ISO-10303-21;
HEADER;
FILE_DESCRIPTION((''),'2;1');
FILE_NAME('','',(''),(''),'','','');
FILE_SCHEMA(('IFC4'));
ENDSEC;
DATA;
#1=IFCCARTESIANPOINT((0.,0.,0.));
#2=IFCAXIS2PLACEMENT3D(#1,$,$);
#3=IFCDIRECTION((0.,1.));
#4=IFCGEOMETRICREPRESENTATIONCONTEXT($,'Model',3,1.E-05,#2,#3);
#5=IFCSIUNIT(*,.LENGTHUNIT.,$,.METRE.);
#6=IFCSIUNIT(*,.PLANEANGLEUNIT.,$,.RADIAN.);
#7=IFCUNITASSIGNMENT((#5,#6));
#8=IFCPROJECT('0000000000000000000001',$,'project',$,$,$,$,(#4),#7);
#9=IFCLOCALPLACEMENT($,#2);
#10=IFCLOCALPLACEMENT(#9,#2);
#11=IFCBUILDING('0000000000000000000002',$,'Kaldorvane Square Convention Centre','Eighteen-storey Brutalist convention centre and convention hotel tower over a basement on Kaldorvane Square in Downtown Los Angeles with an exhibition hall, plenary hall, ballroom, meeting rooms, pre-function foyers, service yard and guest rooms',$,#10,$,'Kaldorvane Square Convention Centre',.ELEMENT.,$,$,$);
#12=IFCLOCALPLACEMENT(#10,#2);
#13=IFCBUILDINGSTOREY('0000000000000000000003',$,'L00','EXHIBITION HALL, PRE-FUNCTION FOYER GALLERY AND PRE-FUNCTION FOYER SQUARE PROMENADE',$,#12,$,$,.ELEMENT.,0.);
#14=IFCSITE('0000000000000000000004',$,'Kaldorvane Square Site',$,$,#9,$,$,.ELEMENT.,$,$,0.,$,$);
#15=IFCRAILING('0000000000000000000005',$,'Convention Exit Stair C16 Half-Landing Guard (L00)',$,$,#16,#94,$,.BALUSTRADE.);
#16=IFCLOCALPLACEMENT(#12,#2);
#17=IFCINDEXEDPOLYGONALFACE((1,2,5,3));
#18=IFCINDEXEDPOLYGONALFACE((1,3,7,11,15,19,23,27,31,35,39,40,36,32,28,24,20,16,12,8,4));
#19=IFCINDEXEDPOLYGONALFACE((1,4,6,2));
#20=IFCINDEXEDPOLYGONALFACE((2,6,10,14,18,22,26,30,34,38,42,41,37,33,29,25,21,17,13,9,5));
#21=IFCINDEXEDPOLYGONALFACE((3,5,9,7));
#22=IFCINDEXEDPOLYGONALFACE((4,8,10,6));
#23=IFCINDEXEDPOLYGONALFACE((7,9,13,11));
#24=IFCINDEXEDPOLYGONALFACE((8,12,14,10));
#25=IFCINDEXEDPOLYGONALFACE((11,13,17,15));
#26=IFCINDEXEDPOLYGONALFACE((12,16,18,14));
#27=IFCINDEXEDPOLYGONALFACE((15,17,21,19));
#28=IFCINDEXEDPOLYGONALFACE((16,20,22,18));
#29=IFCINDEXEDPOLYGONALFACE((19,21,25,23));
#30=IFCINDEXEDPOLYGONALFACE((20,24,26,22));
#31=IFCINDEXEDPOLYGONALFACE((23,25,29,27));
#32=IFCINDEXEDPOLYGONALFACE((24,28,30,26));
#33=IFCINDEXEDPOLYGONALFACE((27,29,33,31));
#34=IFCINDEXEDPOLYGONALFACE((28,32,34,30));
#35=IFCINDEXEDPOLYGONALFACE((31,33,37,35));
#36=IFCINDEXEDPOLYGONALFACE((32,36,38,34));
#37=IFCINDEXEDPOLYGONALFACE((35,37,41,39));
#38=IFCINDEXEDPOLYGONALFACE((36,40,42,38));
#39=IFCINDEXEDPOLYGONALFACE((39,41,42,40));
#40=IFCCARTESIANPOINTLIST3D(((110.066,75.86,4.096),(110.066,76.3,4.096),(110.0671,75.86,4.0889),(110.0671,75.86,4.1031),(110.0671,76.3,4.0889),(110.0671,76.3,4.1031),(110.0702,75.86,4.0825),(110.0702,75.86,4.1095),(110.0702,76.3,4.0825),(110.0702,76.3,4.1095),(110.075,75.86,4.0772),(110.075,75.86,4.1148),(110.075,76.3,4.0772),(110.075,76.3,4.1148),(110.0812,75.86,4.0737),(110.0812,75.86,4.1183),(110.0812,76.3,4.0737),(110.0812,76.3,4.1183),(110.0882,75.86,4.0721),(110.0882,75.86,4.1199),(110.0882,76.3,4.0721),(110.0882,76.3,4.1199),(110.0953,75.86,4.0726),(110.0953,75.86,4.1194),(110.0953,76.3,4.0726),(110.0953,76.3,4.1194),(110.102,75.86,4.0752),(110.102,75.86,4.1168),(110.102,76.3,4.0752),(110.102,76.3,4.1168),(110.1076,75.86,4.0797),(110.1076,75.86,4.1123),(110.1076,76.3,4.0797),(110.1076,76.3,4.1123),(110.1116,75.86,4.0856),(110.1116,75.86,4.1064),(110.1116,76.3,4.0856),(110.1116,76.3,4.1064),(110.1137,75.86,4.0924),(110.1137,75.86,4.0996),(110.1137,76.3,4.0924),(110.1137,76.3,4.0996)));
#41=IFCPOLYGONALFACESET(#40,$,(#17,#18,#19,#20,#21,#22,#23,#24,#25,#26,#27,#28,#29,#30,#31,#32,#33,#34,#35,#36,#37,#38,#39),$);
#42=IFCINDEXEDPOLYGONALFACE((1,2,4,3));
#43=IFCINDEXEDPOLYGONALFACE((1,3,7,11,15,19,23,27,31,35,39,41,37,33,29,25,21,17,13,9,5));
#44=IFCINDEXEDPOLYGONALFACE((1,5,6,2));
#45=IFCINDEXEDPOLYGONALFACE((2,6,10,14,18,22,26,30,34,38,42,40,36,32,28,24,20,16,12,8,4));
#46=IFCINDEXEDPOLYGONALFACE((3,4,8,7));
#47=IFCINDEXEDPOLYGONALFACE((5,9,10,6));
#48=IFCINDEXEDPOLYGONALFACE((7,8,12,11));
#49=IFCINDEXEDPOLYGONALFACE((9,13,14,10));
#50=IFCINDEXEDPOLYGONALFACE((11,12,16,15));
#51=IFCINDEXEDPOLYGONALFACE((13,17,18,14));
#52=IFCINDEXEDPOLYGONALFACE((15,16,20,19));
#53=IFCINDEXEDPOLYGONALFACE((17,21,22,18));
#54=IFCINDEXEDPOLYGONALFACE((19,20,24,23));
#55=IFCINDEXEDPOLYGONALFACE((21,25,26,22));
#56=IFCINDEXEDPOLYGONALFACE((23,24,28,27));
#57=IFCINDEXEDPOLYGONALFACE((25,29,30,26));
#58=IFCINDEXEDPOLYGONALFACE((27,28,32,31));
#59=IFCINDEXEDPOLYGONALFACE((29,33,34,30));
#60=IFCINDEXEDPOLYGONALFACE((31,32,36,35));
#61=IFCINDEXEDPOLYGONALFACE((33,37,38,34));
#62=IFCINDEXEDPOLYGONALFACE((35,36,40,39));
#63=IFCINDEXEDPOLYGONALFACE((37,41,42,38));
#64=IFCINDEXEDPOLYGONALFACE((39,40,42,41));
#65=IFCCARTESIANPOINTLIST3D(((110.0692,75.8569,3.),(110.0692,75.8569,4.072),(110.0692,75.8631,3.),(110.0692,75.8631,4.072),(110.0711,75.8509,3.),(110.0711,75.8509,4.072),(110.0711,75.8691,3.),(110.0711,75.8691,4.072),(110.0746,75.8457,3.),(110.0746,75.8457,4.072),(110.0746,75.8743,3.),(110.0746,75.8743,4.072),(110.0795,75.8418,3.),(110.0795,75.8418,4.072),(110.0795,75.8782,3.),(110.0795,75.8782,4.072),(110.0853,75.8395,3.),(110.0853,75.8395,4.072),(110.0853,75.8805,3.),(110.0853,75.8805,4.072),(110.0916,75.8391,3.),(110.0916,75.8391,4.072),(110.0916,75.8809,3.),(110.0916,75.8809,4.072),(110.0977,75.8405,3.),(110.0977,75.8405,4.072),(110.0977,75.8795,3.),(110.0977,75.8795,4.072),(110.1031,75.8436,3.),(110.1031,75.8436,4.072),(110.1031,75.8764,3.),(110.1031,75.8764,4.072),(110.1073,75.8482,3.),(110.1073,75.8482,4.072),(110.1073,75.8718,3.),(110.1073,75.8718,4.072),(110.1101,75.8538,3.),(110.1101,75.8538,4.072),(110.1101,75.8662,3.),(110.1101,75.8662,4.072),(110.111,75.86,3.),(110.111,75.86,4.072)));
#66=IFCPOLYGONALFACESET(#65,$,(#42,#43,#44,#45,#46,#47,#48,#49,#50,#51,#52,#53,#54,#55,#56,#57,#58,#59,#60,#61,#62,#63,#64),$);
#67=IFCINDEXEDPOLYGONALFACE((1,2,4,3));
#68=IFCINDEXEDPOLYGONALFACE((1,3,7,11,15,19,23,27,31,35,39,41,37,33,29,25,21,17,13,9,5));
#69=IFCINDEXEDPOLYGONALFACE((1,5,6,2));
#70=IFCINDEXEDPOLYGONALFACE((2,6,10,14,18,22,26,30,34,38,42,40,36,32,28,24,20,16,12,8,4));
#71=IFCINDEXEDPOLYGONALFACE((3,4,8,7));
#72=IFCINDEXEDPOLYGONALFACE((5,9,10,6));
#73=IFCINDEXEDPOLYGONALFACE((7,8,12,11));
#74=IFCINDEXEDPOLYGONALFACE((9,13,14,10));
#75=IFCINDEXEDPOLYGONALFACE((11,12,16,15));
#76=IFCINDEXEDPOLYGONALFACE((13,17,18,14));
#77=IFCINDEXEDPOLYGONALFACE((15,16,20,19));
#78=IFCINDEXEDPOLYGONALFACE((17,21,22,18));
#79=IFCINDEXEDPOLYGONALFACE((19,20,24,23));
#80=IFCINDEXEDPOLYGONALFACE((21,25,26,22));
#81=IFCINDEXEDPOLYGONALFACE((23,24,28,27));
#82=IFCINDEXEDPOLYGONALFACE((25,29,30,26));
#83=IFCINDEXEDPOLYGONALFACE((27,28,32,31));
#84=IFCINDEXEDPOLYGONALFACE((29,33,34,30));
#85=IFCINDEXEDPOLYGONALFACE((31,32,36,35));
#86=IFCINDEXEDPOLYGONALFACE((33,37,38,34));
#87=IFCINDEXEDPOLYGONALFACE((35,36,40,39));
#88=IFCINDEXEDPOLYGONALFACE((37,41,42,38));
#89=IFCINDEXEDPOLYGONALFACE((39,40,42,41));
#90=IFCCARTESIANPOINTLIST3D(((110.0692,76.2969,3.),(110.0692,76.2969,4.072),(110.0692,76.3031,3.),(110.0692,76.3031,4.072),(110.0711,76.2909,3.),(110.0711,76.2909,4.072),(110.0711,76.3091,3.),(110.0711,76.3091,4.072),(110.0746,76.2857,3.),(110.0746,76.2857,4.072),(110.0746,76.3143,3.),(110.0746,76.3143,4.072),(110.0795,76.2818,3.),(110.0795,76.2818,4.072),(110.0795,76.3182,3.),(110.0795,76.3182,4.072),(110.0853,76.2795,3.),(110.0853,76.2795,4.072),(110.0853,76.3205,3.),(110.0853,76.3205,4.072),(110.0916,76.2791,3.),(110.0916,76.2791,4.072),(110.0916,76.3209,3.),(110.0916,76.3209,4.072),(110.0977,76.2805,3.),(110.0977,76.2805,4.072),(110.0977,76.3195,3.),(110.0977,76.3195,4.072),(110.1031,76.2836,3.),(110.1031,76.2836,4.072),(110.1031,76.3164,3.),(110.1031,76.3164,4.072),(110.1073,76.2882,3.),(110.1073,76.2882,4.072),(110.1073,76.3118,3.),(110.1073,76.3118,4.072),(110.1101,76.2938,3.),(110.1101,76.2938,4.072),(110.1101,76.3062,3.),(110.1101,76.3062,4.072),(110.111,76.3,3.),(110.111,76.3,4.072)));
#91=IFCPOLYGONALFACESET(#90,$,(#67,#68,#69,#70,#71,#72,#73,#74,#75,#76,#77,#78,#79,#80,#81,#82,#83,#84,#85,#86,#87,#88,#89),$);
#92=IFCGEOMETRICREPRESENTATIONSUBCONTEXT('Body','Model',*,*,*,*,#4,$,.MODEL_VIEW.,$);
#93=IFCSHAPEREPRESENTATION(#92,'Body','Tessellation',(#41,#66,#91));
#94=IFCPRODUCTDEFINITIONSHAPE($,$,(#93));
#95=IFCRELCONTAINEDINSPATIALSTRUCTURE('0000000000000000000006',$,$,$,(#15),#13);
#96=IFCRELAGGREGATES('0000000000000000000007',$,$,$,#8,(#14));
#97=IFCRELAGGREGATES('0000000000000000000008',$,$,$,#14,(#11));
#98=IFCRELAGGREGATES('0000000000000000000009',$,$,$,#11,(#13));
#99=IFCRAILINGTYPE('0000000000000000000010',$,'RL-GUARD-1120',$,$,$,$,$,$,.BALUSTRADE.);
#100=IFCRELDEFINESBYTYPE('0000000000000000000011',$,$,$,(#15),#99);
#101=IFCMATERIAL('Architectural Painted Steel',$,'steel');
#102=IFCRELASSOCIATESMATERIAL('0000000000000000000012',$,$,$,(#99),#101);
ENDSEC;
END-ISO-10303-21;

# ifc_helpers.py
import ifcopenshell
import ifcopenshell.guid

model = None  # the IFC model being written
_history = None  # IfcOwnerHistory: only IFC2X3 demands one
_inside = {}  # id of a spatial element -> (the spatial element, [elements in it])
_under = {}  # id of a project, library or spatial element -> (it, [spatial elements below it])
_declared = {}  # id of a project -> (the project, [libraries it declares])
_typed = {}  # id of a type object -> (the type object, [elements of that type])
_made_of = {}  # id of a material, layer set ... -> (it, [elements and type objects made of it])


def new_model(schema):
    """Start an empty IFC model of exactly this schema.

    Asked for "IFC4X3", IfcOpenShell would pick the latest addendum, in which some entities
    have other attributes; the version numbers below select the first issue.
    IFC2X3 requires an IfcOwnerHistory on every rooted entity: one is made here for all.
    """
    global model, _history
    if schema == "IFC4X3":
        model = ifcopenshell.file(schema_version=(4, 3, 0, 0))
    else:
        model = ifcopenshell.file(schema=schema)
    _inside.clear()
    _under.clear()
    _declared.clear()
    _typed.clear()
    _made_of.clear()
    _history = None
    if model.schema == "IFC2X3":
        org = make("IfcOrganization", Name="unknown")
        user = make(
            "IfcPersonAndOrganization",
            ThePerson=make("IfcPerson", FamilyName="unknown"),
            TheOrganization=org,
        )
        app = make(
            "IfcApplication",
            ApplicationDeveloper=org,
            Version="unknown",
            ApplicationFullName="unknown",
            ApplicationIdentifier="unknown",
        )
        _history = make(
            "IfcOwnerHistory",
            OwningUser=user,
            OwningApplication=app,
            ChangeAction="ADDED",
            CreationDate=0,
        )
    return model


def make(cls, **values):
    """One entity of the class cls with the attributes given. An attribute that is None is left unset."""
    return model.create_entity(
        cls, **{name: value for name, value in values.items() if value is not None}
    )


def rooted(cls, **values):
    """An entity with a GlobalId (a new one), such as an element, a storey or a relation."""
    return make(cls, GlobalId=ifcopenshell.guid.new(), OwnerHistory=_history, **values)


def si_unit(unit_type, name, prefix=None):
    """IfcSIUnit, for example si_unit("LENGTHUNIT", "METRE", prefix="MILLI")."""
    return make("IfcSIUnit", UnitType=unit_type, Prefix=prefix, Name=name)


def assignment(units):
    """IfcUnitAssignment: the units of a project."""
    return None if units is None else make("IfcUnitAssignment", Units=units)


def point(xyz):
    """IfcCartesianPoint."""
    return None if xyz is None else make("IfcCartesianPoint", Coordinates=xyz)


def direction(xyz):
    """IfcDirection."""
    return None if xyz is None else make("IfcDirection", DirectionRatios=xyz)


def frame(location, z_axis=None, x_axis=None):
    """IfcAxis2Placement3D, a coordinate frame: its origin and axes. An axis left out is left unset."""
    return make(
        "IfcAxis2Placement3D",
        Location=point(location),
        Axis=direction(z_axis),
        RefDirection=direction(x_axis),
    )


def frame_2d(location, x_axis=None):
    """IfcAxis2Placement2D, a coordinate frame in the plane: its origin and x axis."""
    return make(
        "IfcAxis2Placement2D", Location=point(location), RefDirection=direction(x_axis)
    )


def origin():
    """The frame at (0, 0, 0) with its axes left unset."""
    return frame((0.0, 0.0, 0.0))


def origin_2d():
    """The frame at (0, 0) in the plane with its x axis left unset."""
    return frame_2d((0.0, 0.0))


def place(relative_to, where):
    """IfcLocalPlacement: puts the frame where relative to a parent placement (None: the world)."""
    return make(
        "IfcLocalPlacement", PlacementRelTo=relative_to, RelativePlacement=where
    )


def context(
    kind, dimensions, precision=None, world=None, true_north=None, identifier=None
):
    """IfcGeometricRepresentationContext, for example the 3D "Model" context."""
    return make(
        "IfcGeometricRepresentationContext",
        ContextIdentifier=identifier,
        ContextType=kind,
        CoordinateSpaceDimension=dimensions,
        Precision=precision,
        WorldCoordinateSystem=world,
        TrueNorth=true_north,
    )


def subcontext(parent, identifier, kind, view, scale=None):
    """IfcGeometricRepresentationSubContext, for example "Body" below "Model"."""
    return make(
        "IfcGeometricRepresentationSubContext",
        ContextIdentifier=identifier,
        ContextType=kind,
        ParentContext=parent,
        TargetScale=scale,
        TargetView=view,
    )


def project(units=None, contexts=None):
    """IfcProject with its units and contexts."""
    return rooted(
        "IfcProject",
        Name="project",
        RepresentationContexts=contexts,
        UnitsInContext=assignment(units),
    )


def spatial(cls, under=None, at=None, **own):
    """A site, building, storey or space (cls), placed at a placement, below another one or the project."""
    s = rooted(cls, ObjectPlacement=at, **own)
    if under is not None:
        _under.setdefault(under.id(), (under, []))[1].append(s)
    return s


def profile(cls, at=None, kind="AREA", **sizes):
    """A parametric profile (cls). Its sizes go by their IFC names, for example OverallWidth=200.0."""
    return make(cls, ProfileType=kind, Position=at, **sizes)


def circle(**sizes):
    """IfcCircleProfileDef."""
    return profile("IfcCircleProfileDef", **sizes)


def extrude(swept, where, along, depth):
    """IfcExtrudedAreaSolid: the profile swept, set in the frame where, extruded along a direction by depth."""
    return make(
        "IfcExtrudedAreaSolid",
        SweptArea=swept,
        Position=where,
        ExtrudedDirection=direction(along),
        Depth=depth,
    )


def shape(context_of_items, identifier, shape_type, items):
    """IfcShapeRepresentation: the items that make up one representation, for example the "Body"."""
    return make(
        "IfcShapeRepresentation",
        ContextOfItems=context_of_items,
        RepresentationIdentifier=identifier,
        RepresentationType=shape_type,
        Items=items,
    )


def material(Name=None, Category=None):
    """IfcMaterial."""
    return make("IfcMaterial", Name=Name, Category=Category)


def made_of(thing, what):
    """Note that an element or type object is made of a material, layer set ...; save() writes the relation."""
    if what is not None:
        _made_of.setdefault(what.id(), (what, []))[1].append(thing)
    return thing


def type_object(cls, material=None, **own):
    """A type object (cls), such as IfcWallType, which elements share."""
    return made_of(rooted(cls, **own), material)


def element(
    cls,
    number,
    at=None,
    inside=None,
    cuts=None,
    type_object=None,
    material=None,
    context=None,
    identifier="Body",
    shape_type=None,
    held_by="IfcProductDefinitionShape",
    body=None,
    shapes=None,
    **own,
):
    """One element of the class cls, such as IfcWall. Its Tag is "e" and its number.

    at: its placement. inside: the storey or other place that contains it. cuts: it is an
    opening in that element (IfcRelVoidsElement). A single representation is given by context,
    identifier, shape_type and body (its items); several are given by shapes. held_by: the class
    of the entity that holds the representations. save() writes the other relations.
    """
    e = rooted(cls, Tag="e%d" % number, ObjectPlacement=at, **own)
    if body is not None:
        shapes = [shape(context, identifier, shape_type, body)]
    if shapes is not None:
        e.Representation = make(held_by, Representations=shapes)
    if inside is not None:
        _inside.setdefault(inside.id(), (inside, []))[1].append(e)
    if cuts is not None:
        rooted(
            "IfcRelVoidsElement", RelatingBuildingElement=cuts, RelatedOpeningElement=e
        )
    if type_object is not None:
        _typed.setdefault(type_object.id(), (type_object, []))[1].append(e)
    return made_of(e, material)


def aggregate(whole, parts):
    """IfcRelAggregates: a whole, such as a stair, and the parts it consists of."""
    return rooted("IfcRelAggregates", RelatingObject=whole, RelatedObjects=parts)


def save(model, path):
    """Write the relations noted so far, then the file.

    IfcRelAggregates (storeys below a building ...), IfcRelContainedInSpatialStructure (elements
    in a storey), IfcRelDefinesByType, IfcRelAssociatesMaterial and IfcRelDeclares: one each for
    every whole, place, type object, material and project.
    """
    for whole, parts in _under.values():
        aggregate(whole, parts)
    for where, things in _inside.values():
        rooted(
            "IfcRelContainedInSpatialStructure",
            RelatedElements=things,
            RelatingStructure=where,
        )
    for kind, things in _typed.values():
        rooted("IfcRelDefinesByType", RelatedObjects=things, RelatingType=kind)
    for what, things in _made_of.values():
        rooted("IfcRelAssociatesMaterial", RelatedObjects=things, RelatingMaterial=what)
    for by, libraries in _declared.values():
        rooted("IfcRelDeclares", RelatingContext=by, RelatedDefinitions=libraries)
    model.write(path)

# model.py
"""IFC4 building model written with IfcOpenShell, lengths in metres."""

from ifc_helpers import new_model, si_unit, direction, frame, origin, origin_2d, place, context, subcontext, project, spatial, circle, extrude, material, type_object, element, save


model = new_model("IFC4")

# Units and contexts
model_context = context("Model", 3, precision=1e-05, world=origin(), true_north=direction((0.0, 1.0)))
body_context = subcontext(model_context, "Body", "Model", "MODEL_VIEW")
ifc_project = project(units=[si_unit("LENGTHUNIT", "METRE"), si_unit("PLANEANGLEUNIT", "RADIAN")], contexts=[model_context])

# Site, building, storey
site_placement = place(None, origin())
site = spatial("IfcSite", under=ifc_project, at=site_placement, Name="Kaldorvane Square Site", CompositionType="ELEMENT", RefElevation=0.0)
building_placement = place(site_placement, origin())
building = spatial("IfcBuilding", under=site, at=building_placement, Name="Kaldorvane Square Convention Centre", Description="Eighteen-storey Brutalist convention centre and convention hotel tower over a basement on Kaldorvane Square in Downtown Los Angeles with an exhibition hall, plenary hall, ballroom, meeting rooms, pre-function foyers, service yard and guest rooms", LongName="Kaldorvane Square Convention Centre", CompositionType="ELEMENT")
storey_placement = place(building_placement, origin())
storey = spatial("IfcBuildingStorey", under=building, at=storey_placement, Name="L00", Description="EXHIBITION HALL, PRE-FUNCTION FOYER GALLERY AND PRE-FUNCTION FOYER SQUARE PROMENADE", CompositionType="ELEMENT", Elevation=0.0)

# Railing
ifc_material_1 = material(Name="Architectural Painted Steel", Category="steel")
railing_type_1 = type_object("IfcRailingType", Name="RL-GUARD-1120", PredefinedType="BALUSTRADE", material=ifc_material_1)
for number, where, name in (
    (1, (110.09, 75.86, 3.0), "Convention Exit Stair C16 Half-Landing Guard (L00)"),
):
    element("IfcRailing", number, at=place(storey_placement, frame(where)), inside=storey, type_object=railing_type_1, Name=name, PredefinedType="BALUSTRADE", context=body_context, shape_type="SweptSolid", body=[
        extrude(circle(Radius=0.024, at=origin_2d()), frame((0.0, 0.0, 1.096), z_axis=(0.0, 1.0, 0.0), x_axis=(-1.0, 0.0, 0.0)), (0.0, 0.0, 1.0), 0.44),
        extrude(circle(Radius=0.021, at=origin_2d()), origin(), (0.0, 0.0, 1.0), 1.072),
        extrude(circle(Radius=0.021, at=origin_2d()), frame((0.0, 0.44, 0.0)), (0.0, 0.0, 1.0), 1.072),
    ])

save(model, "model.ifc")
